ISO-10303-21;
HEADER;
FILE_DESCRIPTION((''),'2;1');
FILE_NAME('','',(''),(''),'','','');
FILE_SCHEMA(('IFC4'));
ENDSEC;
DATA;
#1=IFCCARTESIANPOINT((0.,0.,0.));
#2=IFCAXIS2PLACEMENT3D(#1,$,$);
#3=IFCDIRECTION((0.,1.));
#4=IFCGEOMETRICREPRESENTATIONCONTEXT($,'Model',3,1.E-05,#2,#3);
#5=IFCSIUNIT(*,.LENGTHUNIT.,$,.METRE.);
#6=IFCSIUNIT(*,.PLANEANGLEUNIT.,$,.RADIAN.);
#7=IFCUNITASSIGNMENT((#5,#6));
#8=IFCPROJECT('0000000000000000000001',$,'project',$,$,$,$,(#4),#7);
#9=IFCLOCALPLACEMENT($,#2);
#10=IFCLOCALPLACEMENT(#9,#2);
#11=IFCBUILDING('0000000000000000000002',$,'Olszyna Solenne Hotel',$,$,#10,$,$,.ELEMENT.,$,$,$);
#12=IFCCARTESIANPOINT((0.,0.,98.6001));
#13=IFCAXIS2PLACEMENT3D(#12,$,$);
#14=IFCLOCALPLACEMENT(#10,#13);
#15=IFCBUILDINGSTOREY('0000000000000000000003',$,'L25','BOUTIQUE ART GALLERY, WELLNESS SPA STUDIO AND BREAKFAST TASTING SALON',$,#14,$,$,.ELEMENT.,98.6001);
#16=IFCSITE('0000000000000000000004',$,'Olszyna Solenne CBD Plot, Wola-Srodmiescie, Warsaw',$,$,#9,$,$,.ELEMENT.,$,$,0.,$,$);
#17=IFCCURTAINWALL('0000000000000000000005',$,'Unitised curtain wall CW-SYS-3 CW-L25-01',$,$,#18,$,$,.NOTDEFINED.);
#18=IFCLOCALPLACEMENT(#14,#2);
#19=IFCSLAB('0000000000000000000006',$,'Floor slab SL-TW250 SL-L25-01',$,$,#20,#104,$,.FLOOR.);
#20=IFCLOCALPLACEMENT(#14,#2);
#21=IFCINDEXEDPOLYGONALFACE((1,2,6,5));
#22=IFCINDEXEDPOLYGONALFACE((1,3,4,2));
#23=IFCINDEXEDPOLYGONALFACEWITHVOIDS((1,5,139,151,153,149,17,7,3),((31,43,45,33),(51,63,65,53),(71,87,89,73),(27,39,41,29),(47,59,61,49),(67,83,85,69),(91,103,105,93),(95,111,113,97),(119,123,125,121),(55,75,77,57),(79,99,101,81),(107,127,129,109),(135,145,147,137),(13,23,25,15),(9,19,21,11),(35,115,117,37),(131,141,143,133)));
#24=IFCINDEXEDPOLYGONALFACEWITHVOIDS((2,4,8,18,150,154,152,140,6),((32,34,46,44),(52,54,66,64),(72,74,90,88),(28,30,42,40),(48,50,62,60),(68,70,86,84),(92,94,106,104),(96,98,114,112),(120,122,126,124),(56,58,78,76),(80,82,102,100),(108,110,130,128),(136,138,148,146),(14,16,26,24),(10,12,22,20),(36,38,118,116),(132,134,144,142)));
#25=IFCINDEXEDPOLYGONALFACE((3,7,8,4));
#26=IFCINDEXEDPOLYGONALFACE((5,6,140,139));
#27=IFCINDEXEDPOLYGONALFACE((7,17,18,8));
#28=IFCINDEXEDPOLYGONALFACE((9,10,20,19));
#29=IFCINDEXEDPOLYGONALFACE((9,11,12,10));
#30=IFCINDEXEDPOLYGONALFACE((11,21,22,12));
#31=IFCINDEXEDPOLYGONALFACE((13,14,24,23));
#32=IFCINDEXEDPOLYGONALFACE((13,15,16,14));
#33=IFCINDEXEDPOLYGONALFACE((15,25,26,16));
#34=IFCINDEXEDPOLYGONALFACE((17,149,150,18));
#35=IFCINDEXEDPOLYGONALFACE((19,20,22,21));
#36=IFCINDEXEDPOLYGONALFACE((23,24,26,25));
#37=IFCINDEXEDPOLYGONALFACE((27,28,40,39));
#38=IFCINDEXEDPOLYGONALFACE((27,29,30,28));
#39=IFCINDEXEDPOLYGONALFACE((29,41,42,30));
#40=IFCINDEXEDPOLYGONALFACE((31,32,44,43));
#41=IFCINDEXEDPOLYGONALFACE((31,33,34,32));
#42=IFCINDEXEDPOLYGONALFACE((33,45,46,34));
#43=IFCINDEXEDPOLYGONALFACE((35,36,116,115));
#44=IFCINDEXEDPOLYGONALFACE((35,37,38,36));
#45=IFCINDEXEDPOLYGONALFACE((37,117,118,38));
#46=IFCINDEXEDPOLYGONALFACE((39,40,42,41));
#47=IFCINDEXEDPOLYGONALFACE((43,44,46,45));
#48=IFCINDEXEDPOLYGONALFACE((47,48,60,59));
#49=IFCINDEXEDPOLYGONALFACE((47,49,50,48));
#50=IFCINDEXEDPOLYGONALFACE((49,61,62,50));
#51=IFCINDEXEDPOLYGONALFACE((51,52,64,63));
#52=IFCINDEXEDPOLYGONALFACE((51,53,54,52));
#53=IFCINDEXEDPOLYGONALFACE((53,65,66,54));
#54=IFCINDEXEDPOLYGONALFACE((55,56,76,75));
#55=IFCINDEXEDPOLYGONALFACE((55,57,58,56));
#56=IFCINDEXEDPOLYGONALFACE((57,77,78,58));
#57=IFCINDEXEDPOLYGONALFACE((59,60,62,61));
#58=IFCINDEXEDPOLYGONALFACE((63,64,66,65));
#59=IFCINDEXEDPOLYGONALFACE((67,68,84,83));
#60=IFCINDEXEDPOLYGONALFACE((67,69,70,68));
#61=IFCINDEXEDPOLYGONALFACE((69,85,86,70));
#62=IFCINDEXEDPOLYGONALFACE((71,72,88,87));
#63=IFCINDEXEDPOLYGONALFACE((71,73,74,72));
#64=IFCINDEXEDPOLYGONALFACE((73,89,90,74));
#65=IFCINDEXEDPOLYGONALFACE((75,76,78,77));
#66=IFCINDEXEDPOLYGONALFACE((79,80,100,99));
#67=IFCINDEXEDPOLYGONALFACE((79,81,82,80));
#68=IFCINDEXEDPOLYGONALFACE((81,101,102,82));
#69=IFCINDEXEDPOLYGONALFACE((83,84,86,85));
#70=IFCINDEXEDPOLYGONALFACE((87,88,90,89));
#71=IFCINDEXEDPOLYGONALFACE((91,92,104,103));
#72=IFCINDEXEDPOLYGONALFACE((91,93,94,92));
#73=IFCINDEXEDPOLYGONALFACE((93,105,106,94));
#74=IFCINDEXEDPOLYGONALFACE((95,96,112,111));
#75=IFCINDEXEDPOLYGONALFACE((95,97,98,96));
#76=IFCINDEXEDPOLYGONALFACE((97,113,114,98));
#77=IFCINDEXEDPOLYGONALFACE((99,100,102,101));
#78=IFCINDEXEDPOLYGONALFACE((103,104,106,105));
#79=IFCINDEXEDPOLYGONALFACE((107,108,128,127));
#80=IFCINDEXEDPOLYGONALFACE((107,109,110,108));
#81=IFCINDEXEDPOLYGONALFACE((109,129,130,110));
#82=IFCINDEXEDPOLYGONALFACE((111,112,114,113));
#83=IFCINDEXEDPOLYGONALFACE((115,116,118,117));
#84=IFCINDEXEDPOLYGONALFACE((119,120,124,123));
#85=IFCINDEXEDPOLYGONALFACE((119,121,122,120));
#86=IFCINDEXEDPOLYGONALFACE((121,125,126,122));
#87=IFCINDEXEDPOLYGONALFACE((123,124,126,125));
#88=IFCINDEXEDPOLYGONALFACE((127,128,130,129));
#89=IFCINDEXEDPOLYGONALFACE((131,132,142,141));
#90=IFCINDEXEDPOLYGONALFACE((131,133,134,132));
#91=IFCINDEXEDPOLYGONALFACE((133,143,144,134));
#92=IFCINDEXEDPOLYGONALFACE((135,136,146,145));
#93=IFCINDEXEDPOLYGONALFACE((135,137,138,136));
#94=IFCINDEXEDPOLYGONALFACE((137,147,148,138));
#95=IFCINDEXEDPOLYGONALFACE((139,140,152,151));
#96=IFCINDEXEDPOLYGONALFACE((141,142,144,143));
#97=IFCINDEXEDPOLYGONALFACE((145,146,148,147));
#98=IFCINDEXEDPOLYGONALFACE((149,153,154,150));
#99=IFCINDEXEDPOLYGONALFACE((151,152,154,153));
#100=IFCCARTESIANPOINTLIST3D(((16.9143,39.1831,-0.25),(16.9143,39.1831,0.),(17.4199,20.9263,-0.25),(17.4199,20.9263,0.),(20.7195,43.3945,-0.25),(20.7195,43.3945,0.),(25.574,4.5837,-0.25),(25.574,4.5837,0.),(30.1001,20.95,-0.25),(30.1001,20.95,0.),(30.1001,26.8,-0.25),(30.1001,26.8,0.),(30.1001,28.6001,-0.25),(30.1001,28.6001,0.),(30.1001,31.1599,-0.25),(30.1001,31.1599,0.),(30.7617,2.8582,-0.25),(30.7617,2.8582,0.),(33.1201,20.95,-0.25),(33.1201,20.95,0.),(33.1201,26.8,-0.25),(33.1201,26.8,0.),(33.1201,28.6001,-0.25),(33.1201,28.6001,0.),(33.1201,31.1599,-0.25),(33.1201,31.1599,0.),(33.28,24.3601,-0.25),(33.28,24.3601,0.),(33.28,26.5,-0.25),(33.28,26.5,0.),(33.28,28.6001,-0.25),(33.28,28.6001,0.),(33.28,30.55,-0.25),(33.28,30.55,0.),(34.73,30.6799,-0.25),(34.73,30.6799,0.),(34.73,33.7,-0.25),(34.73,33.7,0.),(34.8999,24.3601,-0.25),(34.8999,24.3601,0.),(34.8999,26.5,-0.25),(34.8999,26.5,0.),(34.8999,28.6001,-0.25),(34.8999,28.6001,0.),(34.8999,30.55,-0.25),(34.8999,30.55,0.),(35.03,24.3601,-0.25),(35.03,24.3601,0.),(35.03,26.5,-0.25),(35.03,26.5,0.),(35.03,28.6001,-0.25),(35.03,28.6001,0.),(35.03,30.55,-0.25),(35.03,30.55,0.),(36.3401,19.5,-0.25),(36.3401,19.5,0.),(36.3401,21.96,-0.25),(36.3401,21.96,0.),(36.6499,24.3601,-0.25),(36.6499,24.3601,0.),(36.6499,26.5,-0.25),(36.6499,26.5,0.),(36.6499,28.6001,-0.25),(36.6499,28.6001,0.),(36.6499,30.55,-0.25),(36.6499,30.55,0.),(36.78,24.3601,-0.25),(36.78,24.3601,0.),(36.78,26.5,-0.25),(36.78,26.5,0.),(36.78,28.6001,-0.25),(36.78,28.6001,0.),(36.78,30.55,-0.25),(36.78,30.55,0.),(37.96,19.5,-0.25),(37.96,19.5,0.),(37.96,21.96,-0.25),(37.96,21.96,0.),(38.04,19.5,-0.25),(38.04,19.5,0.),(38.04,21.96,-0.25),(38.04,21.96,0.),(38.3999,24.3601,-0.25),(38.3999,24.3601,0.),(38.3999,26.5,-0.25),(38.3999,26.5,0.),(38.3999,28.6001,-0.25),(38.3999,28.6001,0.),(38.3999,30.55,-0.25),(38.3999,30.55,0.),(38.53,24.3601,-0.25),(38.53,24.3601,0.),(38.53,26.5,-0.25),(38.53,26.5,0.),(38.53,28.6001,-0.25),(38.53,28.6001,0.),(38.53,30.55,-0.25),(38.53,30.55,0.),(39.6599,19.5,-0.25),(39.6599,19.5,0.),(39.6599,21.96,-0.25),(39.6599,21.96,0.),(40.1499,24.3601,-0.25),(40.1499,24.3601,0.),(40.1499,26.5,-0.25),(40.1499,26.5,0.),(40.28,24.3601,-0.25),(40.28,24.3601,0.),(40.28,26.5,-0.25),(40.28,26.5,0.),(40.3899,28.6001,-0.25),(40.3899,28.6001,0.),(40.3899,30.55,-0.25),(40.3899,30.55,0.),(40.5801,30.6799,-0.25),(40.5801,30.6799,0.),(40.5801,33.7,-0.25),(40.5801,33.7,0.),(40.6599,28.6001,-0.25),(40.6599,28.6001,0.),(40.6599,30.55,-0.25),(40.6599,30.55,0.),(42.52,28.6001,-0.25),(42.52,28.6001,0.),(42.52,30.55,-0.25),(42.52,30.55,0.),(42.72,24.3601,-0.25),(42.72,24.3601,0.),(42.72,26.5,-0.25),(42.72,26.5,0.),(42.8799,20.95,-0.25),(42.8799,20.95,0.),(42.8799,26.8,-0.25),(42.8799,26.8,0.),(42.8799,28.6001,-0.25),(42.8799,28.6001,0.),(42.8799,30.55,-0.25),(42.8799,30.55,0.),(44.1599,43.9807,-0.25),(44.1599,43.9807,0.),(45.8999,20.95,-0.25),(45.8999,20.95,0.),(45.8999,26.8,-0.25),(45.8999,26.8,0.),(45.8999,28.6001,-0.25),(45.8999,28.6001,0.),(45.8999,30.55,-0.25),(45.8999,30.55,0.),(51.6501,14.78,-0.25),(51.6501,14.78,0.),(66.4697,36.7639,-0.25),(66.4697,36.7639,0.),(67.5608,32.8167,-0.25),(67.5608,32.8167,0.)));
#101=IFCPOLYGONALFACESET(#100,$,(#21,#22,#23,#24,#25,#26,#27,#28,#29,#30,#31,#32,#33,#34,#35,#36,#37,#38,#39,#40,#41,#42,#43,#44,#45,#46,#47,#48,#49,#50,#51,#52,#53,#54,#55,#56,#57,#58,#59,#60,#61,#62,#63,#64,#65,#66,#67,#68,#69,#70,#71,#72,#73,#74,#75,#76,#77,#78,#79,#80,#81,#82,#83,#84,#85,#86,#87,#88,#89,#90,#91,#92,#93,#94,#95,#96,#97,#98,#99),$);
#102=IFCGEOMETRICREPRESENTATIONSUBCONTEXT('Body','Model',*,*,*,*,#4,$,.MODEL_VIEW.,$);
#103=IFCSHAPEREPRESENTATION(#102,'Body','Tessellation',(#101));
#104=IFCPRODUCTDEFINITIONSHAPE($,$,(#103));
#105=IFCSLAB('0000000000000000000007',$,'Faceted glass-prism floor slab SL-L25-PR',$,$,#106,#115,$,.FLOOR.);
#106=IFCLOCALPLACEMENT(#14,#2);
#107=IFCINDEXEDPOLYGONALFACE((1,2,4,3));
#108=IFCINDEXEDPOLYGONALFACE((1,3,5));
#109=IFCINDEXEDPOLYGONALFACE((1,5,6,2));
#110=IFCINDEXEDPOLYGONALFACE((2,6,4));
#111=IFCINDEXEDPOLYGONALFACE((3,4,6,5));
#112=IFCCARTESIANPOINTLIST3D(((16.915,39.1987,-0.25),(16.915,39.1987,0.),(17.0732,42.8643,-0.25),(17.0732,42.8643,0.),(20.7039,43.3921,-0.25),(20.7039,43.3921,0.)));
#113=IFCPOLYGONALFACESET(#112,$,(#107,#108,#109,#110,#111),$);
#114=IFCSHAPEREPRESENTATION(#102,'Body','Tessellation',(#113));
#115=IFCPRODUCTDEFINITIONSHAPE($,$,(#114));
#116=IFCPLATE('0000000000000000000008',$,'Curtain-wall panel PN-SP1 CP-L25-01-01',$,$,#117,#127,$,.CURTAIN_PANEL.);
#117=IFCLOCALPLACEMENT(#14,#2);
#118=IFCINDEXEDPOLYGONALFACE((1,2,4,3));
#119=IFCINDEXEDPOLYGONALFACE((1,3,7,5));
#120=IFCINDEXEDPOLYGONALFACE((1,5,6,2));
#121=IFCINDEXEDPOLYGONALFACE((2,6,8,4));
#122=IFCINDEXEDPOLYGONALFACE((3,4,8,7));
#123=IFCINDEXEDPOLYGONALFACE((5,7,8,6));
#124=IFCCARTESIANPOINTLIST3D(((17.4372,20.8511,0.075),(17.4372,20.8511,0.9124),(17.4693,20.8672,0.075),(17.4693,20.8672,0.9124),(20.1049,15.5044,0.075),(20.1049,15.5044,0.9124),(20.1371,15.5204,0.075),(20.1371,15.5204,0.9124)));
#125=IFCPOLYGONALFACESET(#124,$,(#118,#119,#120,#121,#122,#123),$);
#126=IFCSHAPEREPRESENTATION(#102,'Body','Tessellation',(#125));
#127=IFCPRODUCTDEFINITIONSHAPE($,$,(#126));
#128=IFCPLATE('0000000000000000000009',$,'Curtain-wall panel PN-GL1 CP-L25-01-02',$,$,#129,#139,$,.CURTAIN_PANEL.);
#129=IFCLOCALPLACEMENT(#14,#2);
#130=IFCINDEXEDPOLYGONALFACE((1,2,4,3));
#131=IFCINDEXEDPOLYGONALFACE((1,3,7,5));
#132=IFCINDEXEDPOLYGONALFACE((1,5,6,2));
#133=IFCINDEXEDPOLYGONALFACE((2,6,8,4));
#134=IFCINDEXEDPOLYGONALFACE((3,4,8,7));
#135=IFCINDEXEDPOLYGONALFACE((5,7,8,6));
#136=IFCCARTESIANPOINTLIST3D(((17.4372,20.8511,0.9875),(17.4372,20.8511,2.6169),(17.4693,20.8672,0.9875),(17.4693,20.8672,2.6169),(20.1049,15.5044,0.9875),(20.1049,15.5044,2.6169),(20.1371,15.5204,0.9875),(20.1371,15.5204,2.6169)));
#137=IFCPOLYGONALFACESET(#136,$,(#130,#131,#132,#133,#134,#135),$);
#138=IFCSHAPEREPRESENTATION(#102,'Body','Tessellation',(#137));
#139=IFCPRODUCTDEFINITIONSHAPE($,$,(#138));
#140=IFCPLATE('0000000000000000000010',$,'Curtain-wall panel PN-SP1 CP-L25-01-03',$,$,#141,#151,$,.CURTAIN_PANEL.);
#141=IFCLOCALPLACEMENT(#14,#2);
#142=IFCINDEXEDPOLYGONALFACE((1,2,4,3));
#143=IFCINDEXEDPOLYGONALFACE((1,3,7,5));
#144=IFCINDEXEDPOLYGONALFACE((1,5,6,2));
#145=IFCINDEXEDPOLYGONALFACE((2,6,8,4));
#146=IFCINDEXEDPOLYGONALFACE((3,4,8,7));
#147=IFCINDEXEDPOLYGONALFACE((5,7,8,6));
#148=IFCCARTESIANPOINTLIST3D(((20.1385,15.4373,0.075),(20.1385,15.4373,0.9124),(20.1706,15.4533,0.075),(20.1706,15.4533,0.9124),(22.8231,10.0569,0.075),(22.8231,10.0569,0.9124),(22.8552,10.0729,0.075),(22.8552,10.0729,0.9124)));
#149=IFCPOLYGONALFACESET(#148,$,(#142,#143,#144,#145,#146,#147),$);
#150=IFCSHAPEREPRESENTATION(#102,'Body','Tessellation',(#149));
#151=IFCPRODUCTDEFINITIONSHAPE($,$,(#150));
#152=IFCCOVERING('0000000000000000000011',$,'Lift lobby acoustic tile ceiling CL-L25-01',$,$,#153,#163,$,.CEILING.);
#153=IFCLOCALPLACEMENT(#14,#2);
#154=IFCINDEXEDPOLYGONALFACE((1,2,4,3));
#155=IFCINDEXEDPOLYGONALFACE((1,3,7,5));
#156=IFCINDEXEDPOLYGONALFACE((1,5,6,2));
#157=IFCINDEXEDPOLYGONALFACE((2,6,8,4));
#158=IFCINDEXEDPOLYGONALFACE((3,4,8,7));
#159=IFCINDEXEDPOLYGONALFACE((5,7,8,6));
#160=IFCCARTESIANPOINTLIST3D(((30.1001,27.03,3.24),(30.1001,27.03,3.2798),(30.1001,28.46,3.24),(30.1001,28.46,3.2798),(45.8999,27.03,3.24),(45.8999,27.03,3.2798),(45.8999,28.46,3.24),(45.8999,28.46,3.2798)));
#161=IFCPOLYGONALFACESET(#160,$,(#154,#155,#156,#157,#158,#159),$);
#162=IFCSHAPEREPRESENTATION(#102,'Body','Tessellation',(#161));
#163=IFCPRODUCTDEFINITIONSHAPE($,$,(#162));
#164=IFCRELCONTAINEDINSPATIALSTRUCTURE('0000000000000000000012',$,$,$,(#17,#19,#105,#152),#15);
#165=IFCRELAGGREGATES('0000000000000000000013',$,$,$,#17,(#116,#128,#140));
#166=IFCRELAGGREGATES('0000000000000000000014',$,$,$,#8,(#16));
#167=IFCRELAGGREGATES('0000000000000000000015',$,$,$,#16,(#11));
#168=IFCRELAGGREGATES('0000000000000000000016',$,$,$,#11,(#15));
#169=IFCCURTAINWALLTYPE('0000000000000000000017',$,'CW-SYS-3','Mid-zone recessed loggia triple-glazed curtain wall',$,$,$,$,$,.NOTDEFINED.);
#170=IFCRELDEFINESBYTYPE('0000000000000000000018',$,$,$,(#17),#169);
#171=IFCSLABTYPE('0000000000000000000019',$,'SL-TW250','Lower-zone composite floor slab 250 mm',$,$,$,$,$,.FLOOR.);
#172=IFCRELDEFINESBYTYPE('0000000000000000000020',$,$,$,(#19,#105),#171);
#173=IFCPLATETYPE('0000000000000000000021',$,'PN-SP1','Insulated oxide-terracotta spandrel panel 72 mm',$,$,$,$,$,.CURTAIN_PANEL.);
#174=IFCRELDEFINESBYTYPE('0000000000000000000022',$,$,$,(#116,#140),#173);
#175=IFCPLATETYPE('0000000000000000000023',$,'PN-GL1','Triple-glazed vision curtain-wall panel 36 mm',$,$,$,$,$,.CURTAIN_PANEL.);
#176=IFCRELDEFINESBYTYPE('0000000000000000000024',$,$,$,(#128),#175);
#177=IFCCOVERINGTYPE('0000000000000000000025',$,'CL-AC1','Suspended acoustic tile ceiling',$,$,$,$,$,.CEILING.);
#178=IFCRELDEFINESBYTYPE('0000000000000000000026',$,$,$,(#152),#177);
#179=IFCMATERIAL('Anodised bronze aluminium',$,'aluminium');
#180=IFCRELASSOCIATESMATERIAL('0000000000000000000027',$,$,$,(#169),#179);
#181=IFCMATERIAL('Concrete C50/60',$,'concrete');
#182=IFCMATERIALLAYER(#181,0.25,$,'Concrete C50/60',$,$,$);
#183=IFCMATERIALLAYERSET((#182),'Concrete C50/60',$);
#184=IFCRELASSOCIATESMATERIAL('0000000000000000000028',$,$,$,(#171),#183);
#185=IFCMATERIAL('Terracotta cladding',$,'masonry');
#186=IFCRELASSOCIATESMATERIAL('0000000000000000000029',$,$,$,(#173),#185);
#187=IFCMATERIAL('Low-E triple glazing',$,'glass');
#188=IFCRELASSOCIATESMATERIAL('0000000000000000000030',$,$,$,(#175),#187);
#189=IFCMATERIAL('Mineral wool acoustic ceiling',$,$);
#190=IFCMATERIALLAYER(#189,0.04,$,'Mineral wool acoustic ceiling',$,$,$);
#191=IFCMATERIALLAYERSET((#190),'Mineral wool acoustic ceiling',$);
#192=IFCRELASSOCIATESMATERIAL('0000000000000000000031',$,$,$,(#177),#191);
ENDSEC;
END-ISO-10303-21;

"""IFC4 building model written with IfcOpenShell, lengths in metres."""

from ifc_helpers import new_model, si_unit, direction, frame, origin, origin_2d, place, context, subcontext, project, spatial, polyline, rectangle, outline, extrude, source, transform, mapped, material, layer, layer_set, type_object, element, aggregate, save


model = new_model("IFC4")

# Units and contexts
model_context = context("Model", 3, precision=1e-05, world=origin(), true_north=direction((0.0, 1.0)))
body_context = subcontext(model_context, "Body", "Model", "MODEL_VIEW")
ifc_project = project(units=[si_unit("LENGTHUNIT", "METRE"), si_unit("PLANEANGLEUNIT", "RADIAN")], contexts=[model_context])

# Site, building, storey
site_placement = place(None, origin())
site = spatial("IfcSite", under=ifc_project, at=site_placement, Name="Olszyna Solenne CBD Plot, Wola-Srodmiescie, Warsaw", CompositionType="ELEMENT", RefElevation=0.0)
building_placement = place(site_placement, origin())
building = spatial("IfcBuilding", under=site, at=building_placement, Name="Olszyna Solenne Hotel", CompositionType="ELEMENT")
storey_placement = place(building_placement, frame((0.0, 0.0, 98.6001)))
storey = spatial("IfcBuildingStorey", under=building, at=storey_placement, Name="L25", Description="BOUTIQUE ART GALLERY, WELLNESS SPA STUDIO AND BREAKFAST TASTING SALON", CompositionType="ELEMENT", Elevation=98.6001)

# Curtain wall
ifc_material_1 = material(Name="Anodised bronze aluminium", Category="aluminium")
curtain_wall_type = type_object("IfcCurtainWallType", Name="CW-SYS-3", Description="Mid-zone recessed loggia triple-glazed curtain wall", PredefinedType="NOTDEFINED", material=ifc_material_1)
curtain_wall_placement = place(storey_placement, origin())
curtain_wall = element("IfcCurtainWall", 1, at=curtain_wall_placement, inside=storey, type_object=curtain_wall_type, Name="Unitised curtain wall CW-SYS-3 CW-L25-01", PredefinedType="NOTDEFINED")

# Slabs
ifc_material_2 = material(Name="Concrete C50/60", Category="concrete")
ifc_layer_1 = layer(ifc_material_2, 0.25, Name="Concrete C50/60")
ifc_layer_set_1 = layer_set([ifc_layer_1], Name="Concrete C50/60")
slab_type_1 = type_object("IfcSlabType", Name="SL-TW250", Description="Lower-zone composite floor slab 250 mm", PredefinedType="FLOOR", material=ifc_layer_set_1)
slab_1_placement = place(storey_placement, frame((0.0, 0.0, -0.25)))
element("IfcSlab", 2, at=slab_1_placement, inside=storey, type_object=slab_type_1, Name="Floor slab SL-TW250 SL-L25-01", PredefinedType="FLOOR", context=body_context, shape_type="SweptSolid", body=[
    extrude(outline(polyline([(67.5608, 32.8167), (66.4697, 36.7639), (44.1599, 43.9807), (20.7195, 43.3945), (16.9143, 39.1831), (17.4199, 20.9263), (25.574, 4.5837), (30.7617, 2.8582), (51.6501, 14.78), (67.5608, 32.8167)]), holes=[polyline([(30.1001, 20.95), (33.1201, 20.95), (33.1201, 26.8), (30.1001, 26.8), (30.1001, 20.95)]), polyline([(42.8799, 20.95), (45.8999, 20.95), (45.8999, 26.8), (42.8799, 26.8), (42.8799, 20.95)]), polyline([(34.73, 30.6799), (40.5801, 30.6799), (40.5801, 33.7), (34.73, 33.7), (34.73, 30.6799)]), polyline([(36.3401, 19.5), (37.96, 19.5), (37.96, 21.96), (36.3401, 21.96), (36.3401, 19.5)]), polyline([(38.04, 19.5), (39.6599, 19.5), (39.6599, 21.96), (38.04, 21.96), (38.04, 19.5)]), polyline([(30.1001, 28.6001), (33.1201, 28.6001), (33.1201, 31.1599), (30.1001, 31.1599), (30.1001, 28.6001)]), polyline([(33.28, 24.3601), (34.8999, 24.3601), (34.8999, 26.5), (33.28, 26.5), (33.28, 24.3601)]), polyline([(35.03, 24.3601), (36.6499, 24.3601), (36.6499, 26.5), (35.03, 26.5), (35.03, 24.3601)]), polyline([(36.78, 24.3601), (38.3999, 24.3601), (38.3999, 26.5), (36.78, 26.5), (36.78, 24.3601)]), polyline([(38.53, 24.3601), (40.1499, 24.3601), (40.1499, 26.5), (38.53, 26.5), (38.53, 24.3601)]), polyline([(40.28, 24.3601), (42.72, 24.3601), (42.72, 26.5), (40.28, 26.5), (40.28, 24.3601)]), polyline([(33.28, 28.6001), (34.8999, 28.6001), (34.8999, 30.55), (33.28, 30.55), (33.28, 28.6001)]), polyline([(35.03, 28.6001), (36.6499, 28.6001), (36.6499, 30.55), (35.03, 30.55), (35.03, 28.6001)]), polyline([(36.78, 28.6001), (38.3999, 28.6001), (38.3999, 30.55), (36.78, 30.55), (36.78, 28.6001)]), polyline([(38.53, 28.6001), (40.3899, 28.6001), (40.3899, 30.55), (38.53, 30.55), (38.53, 28.6001)]), polyline([(40.6599, 28.6001), (42.52, 28.6001), (42.52, 30.55), (40.6599, 30.55), (40.6599, 28.6001)]), polyline([(42.8799, 28.6001), (45.8999, 28.6001), (45.8999, 30.55), (42.8799, 30.55), (42.8799, 28.6001)])]), origin(), (0.0, 0.0, 1.0), 0.25),
])
slab_2_placement = place(storey_placement, frame((0.0, 0.0, -0.25)))
element("IfcSlab", 3, at=slab_2_placement, inside=storey, type_object=slab_type_1, Name="Faceted glass-prism floor slab SL-L25-PR", PredefinedType="FLOOR", context=body_context, shape_type="SweptSolid", body=[
    extrude(outline(polyline([(16.915, 39.1987), (20.7039, 43.3921), (17.0732, 42.8643), (16.915, 39.1987)])), origin(), (0.0, 0.0, 1.0), 0.25),
])

# Plates
ifc_material_3 = material(Name="Terracotta cladding", Category="masonry")
plate_type_1 = type_object("IfcPlateType", Name="PN-SP1", Description="Insulated oxide-terracotta spandrel panel 72 mm", PredefinedType="CURTAIN_PANEL", material=ifc_material_3)
shared_shape_1 = source(origin(), body_context, "Body", "SweptSolid", [
    extrude(rectangle(XDim=5.9753, YDim=0.0359, at=origin_2d()), origin(), (0.0, 0.0, 1.0), 0.8374),
])
plate_1_placement = place(storey_placement, frame((18.7871, 18.1858, 0.075), z_axis=(0.0, 0.0, 1.0), x_axis=(0.446467, -0.8948, 0.0)))
plate_1 = element("IfcPlate", 4, at=plate_1_placement, type_object=plate_type_1, Name="Curtain-wall panel PN-SP1 CP-L25-01-01", PredefinedType="CURTAIN_PANEL", context=body_context, shape_type="MappedRepresentation", body=[
    mapped(shared_shape_1, transform((0.0, 0.0, 0.0), x_axis=(1.0, 0.0, 0.0), y_axis=(0.0, 1.0, 0.0), z_axis=(0.0, 0.0, 1.0), scale=1.0)),
])
ifc_material_4 = material(Name="Low-E triple glazing", Category="glass")
plate_type_2 = type_object("IfcPlateType", Name="PN-GL1", Description="Triple-glazed vision curtain-wall panel 36 mm", PredefinedType="CURTAIN_PANEL", material=ifc_material_4)
shared_shape_2 = source(origin(), body_context, "Body", "SweptSolid", [
    extrude(rectangle(XDim=5.9753, YDim=0.0359, at=origin_2d()), origin(), (0.0, 0.0, 1.0), 1.6294),
])
plate_2_placement = place(storey_placement, frame((18.7871, 18.1858, 0.9875), z_axis=(0.0, 0.0, 1.0), x_axis=(0.446467, -0.8948, 0.0)))
plate_2 = element("IfcPlate", 5, at=plate_2_placement, type_object=plate_type_2, Name="Curtain-wall panel PN-GL1 CP-L25-01-02", PredefinedType="CURTAIN_PANEL", context=body_context, shape_type="MappedRepresentation", body=[
    mapped(shared_shape_2, transform((0.0, 0.0, 0.0), x_axis=(1.0, 0.0, 0.0), y_axis=(0.0, 1.0, 0.0), z_axis=(0.0, 0.0, 1.0), scale=1.0)),
])
shared_shape_3 = source(origin(), body_context, "Body", "SweptSolid", [
    extrude(rectangle(XDim=6.0129, YDim=0.0359, at=origin_2d()), origin(), (0.0, 0.0, 1.0), 0.8374),
])
plate_3_placement = place(storey_placement, frame((21.4968, 12.7551, 0.075), z_axis=(0.0, 0.0, 1.0), x_axis=(0.446467, -0.8948, 0.0)))
plate_3 = element("IfcPlate", 6, at=plate_3_placement, type_object=plate_type_1, Name="Curtain-wall panel PN-SP1 CP-L25-01-03", PredefinedType="CURTAIN_PANEL", context=body_context, shape_type="MappedRepresentation", body=[
    mapped(shared_shape_3, transform((0.0, 0.0, 0.0), x_axis=(1.0, 0.0, 0.0), y_axis=(0.0, 1.0, 0.0), z_axis=(0.0, 0.0, 1.0), scale=1.0)),
])
aggregate(curtain_wall, [plate_1, plate_2, plate_3])

# Covering
ifc_material_5 = material(Name="Mineral wool acoustic ceiling")
ifc_layer_2 = layer(ifc_material_5, 0.04, Name="Mineral wool acoustic ceiling")
ifc_layer_set_2 = layer_set([ifc_layer_2], Name="Mineral wool acoustic ceiling")
covering_type_1 = type_object("IfcCoveringType", Name="CL-AC1", Description="Suspended acoustic tile ceiling", PredefinedType="CEILING", material=ifc_layer_set_2)
covering_1_placement = place(storey_placement, frame((0.0, 0.0, 3.24)))
element("IfcCovering", 7, at=covering_1_placement, inside=storey, type_object=covering_type_1, Name="Lift lobby acoustic tile ceiling CL-L25-01", PredefinedType="CEILING", context=body_context, shape_type="SweptSolid", body=[
    extrude(outline(polyline([(30.1001, 27.03), (45.8999, 27.03), (45.8999, 28.46), (30.1001, 28.46), (30.1001, 27.03)])), origin(), (0.0, 0.0, 1.0), 0.0398),
])

save(model, "model.ifc")
